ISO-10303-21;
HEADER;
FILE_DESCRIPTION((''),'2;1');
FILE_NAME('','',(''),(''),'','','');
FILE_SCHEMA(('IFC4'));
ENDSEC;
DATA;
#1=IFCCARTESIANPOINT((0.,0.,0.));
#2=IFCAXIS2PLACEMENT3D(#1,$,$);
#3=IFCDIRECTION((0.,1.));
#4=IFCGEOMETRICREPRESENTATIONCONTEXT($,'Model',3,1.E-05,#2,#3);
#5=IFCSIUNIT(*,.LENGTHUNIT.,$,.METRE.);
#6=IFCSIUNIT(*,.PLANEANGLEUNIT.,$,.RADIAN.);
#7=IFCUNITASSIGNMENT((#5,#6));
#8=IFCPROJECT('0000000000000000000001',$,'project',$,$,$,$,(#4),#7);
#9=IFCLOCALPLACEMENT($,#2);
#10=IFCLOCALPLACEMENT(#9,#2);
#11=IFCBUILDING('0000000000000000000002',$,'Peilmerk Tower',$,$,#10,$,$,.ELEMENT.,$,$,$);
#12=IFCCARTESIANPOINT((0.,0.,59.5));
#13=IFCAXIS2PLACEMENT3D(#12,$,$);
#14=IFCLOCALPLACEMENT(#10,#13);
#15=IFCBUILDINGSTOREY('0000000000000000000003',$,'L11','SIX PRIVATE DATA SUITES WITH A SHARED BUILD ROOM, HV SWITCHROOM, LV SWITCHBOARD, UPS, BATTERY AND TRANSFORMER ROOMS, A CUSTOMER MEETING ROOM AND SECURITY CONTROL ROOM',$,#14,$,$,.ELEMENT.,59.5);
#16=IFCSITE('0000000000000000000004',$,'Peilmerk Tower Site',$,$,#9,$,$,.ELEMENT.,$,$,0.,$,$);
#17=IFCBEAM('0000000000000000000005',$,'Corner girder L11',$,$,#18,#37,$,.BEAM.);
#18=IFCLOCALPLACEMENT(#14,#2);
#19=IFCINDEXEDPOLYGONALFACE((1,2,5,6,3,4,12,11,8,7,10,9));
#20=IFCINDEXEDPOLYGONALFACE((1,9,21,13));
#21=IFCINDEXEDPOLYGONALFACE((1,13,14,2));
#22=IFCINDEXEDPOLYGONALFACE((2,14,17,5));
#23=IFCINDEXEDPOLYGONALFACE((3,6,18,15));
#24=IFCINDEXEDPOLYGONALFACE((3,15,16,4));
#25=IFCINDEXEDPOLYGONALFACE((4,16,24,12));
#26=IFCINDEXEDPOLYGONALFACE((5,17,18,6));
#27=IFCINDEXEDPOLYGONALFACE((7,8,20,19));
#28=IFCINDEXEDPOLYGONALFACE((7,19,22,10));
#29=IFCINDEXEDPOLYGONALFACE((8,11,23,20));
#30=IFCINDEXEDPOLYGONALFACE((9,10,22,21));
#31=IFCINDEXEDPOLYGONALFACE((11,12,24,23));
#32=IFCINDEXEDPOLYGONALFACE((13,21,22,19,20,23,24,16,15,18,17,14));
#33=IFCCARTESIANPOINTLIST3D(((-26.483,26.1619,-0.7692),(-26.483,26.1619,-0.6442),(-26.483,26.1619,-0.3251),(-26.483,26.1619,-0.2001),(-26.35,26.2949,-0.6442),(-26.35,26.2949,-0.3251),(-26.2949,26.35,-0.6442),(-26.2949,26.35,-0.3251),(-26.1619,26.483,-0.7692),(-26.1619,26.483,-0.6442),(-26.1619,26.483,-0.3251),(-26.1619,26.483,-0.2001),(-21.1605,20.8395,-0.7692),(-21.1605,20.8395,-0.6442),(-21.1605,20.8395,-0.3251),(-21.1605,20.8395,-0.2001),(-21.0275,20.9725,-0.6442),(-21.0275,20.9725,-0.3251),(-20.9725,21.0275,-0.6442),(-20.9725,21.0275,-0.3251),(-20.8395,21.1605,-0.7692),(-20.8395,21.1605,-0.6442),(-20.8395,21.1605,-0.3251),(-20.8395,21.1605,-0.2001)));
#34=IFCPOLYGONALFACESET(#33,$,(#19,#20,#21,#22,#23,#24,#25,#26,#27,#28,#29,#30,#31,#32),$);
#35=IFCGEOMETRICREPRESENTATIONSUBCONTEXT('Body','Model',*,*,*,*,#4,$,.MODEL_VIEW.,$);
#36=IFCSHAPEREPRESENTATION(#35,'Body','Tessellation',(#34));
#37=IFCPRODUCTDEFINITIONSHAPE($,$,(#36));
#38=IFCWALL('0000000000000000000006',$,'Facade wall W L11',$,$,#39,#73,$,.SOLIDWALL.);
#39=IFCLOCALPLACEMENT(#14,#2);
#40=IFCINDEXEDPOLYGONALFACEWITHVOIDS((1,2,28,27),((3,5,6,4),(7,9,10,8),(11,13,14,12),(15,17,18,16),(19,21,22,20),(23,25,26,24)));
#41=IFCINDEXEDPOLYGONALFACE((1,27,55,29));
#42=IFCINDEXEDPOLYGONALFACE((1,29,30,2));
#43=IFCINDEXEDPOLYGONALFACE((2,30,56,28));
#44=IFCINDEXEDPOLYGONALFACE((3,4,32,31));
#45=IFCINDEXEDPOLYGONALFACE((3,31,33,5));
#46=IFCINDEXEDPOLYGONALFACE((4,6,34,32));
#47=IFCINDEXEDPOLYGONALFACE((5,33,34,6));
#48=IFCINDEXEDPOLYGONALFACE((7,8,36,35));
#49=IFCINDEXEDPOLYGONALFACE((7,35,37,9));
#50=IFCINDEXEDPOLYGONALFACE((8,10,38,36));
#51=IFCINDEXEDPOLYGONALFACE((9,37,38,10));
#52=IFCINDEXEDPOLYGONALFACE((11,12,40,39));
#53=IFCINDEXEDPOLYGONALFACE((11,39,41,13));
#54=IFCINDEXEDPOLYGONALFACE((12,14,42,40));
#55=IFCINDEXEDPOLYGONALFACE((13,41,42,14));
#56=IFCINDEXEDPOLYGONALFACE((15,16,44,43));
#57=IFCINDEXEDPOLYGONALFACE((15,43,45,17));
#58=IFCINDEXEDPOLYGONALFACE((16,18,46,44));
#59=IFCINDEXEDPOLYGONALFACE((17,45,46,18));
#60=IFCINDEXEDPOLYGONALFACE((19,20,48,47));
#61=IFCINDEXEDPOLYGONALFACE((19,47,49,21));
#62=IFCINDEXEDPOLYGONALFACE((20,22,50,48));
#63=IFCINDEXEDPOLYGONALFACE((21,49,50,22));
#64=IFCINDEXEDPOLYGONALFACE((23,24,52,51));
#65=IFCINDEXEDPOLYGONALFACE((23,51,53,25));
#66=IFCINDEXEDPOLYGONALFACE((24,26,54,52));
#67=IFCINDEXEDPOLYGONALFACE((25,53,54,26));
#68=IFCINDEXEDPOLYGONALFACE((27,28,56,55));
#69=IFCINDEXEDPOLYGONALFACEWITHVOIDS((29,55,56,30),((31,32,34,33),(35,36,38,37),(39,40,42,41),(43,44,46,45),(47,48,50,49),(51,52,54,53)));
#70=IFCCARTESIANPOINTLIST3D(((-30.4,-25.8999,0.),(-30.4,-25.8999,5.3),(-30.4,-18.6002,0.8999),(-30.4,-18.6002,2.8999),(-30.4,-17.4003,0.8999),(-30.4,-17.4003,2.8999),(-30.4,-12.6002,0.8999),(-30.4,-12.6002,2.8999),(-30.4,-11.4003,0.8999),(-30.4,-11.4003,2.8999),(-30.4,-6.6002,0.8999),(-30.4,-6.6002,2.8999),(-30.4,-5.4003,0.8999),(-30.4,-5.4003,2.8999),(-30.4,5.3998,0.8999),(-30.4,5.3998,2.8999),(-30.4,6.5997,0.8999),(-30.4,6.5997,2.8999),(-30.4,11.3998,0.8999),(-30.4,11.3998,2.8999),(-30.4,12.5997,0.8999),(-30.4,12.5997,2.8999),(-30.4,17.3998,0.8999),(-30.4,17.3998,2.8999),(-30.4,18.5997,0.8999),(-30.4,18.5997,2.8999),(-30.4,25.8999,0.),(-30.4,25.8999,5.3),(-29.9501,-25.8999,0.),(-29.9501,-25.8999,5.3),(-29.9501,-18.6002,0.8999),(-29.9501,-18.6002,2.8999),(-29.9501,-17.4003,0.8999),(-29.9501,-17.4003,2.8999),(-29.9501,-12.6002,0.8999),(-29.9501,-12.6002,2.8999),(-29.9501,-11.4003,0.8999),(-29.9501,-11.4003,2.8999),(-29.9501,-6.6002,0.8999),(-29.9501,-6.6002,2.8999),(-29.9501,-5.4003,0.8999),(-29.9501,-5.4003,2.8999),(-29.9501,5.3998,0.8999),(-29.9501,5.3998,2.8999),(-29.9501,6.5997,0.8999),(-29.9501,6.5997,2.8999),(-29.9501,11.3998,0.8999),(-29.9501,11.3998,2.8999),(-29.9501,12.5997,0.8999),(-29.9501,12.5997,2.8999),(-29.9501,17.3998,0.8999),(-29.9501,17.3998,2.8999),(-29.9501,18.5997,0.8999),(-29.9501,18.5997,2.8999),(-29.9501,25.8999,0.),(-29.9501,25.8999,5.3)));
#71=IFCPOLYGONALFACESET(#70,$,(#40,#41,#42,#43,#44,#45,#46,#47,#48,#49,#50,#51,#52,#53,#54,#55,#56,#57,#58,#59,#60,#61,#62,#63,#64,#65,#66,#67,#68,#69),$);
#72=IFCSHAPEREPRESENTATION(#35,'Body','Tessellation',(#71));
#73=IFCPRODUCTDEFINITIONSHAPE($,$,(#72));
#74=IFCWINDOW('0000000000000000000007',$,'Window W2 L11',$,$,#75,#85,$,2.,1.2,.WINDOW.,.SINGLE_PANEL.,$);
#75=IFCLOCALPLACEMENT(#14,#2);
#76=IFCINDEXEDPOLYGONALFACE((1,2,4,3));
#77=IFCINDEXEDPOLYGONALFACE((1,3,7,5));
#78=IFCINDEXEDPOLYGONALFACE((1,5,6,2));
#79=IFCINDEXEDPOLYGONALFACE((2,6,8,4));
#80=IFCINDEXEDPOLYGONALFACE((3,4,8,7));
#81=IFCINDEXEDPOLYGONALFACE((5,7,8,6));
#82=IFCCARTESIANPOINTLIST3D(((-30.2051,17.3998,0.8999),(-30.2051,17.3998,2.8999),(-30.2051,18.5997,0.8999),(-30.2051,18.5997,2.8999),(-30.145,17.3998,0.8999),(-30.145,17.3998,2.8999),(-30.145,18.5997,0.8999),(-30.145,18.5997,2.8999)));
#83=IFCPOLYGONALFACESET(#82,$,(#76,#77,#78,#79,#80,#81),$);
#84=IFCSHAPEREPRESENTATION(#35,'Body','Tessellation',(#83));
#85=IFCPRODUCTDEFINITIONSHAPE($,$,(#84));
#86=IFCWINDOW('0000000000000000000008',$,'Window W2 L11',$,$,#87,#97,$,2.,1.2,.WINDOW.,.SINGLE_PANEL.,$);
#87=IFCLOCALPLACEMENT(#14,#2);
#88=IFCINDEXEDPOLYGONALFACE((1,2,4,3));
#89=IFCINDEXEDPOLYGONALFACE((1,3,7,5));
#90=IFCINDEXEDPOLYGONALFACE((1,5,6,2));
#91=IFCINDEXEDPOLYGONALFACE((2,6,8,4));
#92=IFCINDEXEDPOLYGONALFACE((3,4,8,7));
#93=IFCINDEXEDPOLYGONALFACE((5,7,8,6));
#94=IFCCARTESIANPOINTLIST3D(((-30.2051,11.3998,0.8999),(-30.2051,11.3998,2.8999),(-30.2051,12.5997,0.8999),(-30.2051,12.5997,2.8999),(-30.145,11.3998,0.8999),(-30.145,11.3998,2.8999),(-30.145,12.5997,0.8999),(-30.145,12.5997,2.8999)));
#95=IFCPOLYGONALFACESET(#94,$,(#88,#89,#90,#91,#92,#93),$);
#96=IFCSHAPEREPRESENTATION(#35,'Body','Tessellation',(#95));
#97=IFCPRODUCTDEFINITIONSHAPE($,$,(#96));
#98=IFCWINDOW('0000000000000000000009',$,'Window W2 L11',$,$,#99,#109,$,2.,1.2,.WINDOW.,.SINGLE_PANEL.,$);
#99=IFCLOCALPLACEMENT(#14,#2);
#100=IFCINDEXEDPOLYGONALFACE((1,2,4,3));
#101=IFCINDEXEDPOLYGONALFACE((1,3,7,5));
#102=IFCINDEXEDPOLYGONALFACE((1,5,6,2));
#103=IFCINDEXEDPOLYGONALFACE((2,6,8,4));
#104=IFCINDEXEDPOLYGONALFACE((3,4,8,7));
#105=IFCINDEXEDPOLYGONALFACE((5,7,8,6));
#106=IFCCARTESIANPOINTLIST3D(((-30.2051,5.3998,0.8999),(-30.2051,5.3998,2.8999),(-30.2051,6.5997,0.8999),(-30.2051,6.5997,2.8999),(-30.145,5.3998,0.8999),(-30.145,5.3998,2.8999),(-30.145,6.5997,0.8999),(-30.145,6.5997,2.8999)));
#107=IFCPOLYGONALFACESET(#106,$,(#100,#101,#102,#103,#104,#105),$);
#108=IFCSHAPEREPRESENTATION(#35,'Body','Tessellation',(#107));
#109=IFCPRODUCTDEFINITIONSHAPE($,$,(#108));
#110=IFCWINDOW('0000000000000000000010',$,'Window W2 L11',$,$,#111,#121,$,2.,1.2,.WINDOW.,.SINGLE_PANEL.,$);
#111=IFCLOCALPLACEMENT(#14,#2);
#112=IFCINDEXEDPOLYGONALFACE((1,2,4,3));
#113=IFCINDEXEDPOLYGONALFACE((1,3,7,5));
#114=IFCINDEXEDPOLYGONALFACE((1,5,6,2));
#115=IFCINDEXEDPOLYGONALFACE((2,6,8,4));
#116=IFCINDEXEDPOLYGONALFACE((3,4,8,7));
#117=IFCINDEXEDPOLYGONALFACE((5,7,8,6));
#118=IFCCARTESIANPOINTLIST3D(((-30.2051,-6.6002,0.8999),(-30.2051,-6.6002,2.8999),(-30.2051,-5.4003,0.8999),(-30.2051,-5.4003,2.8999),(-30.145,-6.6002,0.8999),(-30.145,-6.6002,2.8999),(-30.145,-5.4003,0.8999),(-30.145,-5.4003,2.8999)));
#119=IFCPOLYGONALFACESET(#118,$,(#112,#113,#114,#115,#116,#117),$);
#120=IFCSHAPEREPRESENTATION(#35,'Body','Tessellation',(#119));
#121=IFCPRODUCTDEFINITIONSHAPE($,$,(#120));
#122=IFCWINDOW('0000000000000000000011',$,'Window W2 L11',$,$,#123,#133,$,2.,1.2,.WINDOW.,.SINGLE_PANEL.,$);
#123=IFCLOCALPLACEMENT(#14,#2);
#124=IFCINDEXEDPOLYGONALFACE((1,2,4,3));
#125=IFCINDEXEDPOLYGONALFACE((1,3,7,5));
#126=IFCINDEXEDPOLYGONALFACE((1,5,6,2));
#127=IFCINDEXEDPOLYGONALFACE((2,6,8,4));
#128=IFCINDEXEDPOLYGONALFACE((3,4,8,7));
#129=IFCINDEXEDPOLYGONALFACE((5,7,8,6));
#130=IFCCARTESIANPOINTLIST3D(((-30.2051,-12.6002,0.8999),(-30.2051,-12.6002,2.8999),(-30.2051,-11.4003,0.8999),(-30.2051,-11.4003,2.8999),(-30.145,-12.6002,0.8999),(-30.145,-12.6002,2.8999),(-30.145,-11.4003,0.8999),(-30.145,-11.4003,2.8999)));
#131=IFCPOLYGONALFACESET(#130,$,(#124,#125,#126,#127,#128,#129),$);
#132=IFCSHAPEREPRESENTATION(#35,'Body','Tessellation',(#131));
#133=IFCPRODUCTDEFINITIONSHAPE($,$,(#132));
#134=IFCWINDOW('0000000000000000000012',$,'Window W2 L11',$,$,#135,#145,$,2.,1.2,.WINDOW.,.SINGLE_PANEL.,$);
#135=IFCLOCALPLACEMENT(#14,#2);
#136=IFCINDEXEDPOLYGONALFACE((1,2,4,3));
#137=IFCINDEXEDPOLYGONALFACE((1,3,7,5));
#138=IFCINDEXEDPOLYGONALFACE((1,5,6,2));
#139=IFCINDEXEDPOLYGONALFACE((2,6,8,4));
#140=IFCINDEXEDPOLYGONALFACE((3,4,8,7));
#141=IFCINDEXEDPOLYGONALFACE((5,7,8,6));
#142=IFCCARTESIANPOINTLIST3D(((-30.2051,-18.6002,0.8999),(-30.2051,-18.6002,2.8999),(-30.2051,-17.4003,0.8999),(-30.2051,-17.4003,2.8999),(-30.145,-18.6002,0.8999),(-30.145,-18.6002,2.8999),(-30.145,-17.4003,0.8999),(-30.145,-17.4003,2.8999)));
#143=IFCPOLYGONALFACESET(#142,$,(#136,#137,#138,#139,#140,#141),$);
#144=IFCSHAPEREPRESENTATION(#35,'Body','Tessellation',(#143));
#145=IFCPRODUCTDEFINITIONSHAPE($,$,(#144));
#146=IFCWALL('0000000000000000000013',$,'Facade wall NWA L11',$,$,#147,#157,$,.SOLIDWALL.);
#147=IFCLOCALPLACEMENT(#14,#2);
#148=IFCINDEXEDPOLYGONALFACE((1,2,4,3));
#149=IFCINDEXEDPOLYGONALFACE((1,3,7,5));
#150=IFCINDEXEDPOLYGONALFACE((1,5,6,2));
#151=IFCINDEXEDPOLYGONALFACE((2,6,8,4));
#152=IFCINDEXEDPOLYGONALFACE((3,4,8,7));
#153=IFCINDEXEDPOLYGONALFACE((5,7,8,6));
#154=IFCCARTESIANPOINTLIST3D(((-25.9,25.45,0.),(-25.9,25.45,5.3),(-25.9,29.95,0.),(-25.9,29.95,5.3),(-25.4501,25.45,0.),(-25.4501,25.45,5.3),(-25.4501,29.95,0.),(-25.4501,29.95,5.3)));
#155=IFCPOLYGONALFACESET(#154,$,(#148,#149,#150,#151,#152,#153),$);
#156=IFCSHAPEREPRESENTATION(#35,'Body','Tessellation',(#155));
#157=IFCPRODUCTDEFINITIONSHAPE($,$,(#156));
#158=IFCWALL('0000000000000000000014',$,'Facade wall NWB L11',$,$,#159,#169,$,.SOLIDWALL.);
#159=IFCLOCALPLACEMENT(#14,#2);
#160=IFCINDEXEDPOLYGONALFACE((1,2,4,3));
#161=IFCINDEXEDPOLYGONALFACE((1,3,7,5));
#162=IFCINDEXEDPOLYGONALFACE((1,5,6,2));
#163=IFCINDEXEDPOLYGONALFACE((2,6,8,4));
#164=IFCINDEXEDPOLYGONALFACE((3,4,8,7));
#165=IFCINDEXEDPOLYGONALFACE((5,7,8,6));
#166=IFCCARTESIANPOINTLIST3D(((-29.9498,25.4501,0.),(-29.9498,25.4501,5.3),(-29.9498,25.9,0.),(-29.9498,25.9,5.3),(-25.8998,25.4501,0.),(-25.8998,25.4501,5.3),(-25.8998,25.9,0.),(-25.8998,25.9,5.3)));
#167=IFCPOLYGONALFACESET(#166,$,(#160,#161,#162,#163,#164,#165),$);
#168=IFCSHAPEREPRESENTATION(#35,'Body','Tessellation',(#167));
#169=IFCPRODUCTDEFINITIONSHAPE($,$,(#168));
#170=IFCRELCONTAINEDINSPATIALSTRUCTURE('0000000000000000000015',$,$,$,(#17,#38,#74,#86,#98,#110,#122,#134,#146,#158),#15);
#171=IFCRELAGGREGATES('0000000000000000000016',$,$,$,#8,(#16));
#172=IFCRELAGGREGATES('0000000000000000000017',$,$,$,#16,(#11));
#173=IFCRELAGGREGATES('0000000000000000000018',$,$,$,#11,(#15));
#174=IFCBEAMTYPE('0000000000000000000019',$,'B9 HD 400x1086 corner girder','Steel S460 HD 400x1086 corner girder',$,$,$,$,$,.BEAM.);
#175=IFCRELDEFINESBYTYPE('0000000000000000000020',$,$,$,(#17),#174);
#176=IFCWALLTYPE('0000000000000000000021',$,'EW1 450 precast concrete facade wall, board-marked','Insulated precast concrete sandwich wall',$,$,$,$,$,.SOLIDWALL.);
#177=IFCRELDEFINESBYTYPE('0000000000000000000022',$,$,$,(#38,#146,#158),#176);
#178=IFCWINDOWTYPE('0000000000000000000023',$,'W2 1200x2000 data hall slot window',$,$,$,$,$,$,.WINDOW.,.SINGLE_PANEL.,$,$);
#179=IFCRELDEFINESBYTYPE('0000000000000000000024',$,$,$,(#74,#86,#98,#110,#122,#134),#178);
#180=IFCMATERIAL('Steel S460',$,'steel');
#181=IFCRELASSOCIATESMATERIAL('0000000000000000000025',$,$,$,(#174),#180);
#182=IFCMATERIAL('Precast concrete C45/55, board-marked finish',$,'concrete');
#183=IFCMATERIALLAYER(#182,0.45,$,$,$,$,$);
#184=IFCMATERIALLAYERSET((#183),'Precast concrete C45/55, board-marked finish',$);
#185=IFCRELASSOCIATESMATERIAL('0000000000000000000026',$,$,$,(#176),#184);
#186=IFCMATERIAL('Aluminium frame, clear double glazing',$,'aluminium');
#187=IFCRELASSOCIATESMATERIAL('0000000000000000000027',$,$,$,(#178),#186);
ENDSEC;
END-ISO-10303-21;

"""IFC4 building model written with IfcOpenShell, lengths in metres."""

from ifc_helpers import new_model, si_unit, direction, frame, frame_2d, origin, origin_2d, place, context, subcontext, project, spatial, rectangle, i_section, extrude, material, layer, layer_set, material_profile, profile_set, type_object, element, fill, save


model = new_model("IFC4")

# Units and contexts
model_context = context("Model", 3, precision=1e-05, world=origin(), true_north=direction((0.0, 1.0)))
body_context = subcontext(model_context, "Body", "Model", "MODEL_VIEW")
ifc_project = project(units=[si_unit("LENGTHUNIT", "METRE"), si_unit("PLANEANGLEUNIT", "RADIAN")], contexts=[model_context])

# Site, building, storey
site_placement = place(None, origin())
site = spatial("IfcSite", under=ifc_project, at=site_placement, Name="Peilmerk Tower Site", CompositionType="ELEMENT", RefElevation=0.0)
building_placement = place(site_placement, origin())
building = spatial("IfcBuilding", under=site, at=building_placement, Name="Peilmerk Tower", CompositionType="ELEMENT")
storey_placement = place(building_placement, frame((0.0, 0.0, 59.5)))
storey = spatial("IfcBuildingStorey", under=building, at=storey_placement, Name="L11", Description="SIX PRIVATE DATA SUITES WITH A SHARED BUILD ROOM, HV SWITCHROOM, LV SWITCHBOARD, UPS, BATTERY AND TRANSFORMER ROOMS, A CUSTOMER MEETING ROOM AND SECURITY CONTROL ROOM", CompositionType="ELEMENT", Elevation=59.5)

# Beam
ifc_material_1 = material(Name="Steel S460", Category="steel")
ifc_material_profile_1 = material_profile(ifc_material_1, i_section(OverallWidth=0.4541, OverallDepth=0.5691, WebThickness=0.0779, FlangeThickness=0.125, at=origin_2d()), Name="HD 400x1086")
ifc_profile_set_1 = profile_set([ifc_material_profile_1], Name="Steel S460")
beam_type_1 = type_object("IfcBeamType", Name="B9 HD 400x1086 corner girder", Description="Steel S460 HD 400x1086 corner girder", PredefinedType="BEAM", material=ifc_profile_set_1)
beam_1_placement = place(storey_placement, frame((-21.0, 21.0, -0.4846), z_axis=(-0.707107, 0.707107, 0.0), x_axis=(-0.707107, -0.707107, 0.0)))
element("IfcBeam", 1, at=beam_1_placement, inside=storey, type_object=beam_type_1, Name="Corner girder L11", PredefinedType="BEAM", context=body_context, shape_type="SweptSolid", body=[
    extrude(i_section(OverallWidth=0.4541, OverallDepth=0.5691, WebThickness=0.0779, FlangeThickness=0.125, at=origin_2d()), origin(), (0.0, 0.0, 1.0), 7.5271),
])

# Wall, openings, windows
ifc_material_2 = material(Name="Precast concrete C45/55, board-marked finish", Category="concrete")
ifc_layer = layer(ifc_material_2, 0.45)
ifc_layer_set = layer_set([ifc_layer], Name="Precast concrete C45/55, board-marked finish")
wall_type = type_object("IfcWallType", Name="EW1 450 precast concrete facade wall, board-marked", Description="Insulated precast concrete sandwich wall", PredefinedType="SOLIDWALL", material=ifc_layer_set)
wall_1_placement = place(storey_placement, frame((-30.175, 25.8999, 0.0), z_axis=(0.0, 0.0, 1.0), x_axis=(0.0, -1.0, 0.0)))
wall_1 = element("IfcWall", 2, at=wall_1_placement, inside=storey, type_object=wall_type, Name="Facade wall W L11", PredefinedType="SOLIDWALL", context=body_context, shape_type="SweptSolid", body=[
    extrude(rectangle(XDim=51.7998, YDim=0.45, at=frame_2d((25.8999, 0.0))), origin(), (0.0, 0.0, 1.0), 5.3),
])
opening_1_placement = place(wall_1_placement, frame((7.3, 0.0, 0.8999)))
opening_1 = element("IfcOpeningElement", 3, at=opening_1_placement, cuts=wall_1, PredefinedType="OPENING", context=body_context, shape_type="SweptSolid", body=[
    extrude(rectangle(XDim=1.2, YDim=2.0, at=frame_2d((0.6001, 1.0))), frame((0.0, 0.2349, 0.0), z_axis=(0.0, -1.0, 0.0), x_axis=(1.0, 0.0, 0.0)), (0.0, 0.0, 1.0), 0.47),
])
opening_2_placement = place(wall_1_placement, frame((13.3, 0.0, 0.8999)))
opening_2 = element("IfcOpeningElement", 4, at=opening_2_placement, cuts=wall_1, PredefinedType="OPENING", context=body_context, shape_type="SweptSolid", body=[
    extrude(rectangle(XDim=1.2, YDim=2.0, at=frame_2d((0.6001, 1.0))), frame((0.0, 0.2349, 0.0), z_axis=(0.0, -1.0, 0.0), x_axis=(1.0, 0.0, 0.0)), (0.0, 0.0, 1.0), 0.47),
])
opening_3_placement = place(wall_1_placement, frame((19.3, 0.0, 0.8999)))
opening_3 = element("IfcOpeningElement", 5, at=opening_3_placement, cuts=wall_1, PredefinedType="OPENING", context=body_context, shape_type="SweptSolid", body=[
    extrude(rectangle(XDim=1.2, YDim=2.0, at=frame_2d((0.6001, 1.0))), frame((0.0, 0.2349, 0.0), z_axis=(0.0, -1.0, 0.0), x_axis=(1.0, 0.0, 0.0)), (0.0, 0.0, 1.0), 0.47),
])
opening_4_placement = place(wall_1_placement, frame((31.3, 0.0, 0.8999)))
opening_4 = element("IfcOpeningElement", 6, at=opening_4_placement, cuts=wall_1, PredefinedType="OPENING", context=body_context, shape_type="SweptSolid", body=[
    extrude(rectangle(XDim=1.2, YDim=2.0, at=frame_2d((0.6001, 1.0))), frame((0.0, 0.2349, 0.0), z_axis=(0.0, -1.0, 0.0), x_axis=(1.0, 0.0, 0.0)), (0.0, 0.0, 1.0), 0.47),
])
opening_5_placement = place(wall_1_placement, frame((37.3, 0.0, 0.8999)))
opening_5 = element("IfcOpeningElement", 7, at=opening_5_placement, cuts=wall_1, PredefinedType="OPENING", context=body_context, shape_type="SweptSolid", body=[
    extrude(rectangle(XDim=1.2, YDim=2.0, at=frame_2d((0.6001, 1.0))), frame((0.0, 0.2349, 0.0), z_axis=(0.0, -1.0, 0.0), x_axis=(1.0, 0.0, 0.0)), (0.0, 0.0, 1.0), 0.47),
])
opening_6_placement = place(wall_1_placement, frame((43.3, 0.0, 0.8999)))
opening_6 = element("IfcOpeningElement", 8, at=opening_6_placement, cuts=wall_1, PredefinedType="OPENING", context=body_context, shape_type="SweptSolid", body=[
    extrude(rectangle(XDim=1.2, YDim=2.0, at=frame_2d((0.6001, 1.0))), frame((0.0, 0.2349, 0.0), z_axis=(0.0, -1.0, 0.0), x_axis=(1.0, 0.0, 0.0)), (0.0, 0.0, 1.0), 0.47),
])
ifc_material_3 = material(Name="Aluminium frame, clear double glazing", Category="aluminium")
window_type = type_object("IfcWindowType", Name="W2 1200x2000 data hall slot window", PartitioningType="SINGLE_PANEL", PredefinedType="WINDOW", material=ifc_material_3)
window_1_placement = place(opening_1_placement, origin())
window_1 = element("IfcWindow", 9, at=window_1_placement, inside=storey, type_object=window_type, Name="Window W2 L11", OverallHeight=2.0, OverallWidth=1.2, PartitioningType="SINGLE_PANEL", PredefinedType="WINDOW", context=body_context, shape_type="SweptSolid", body=[
    extrude(rectangle(XDim=1.2, YDim=2.0, at=frame_2d((0.6001, 1.0))), frame((0.0, 0.03, 0.0), z_axis=(0.0, -1.0, 0.0), x_axis=(1.0, 0.0, 0.0)), (0.0, 0.0, 1.0), 0.0601),
])
fill(opening_1, window_1)
window_2_placement = place(opening_2_placement, origin())
window_2 = element("IfcWindow", 10, at=window_2_placement, inside=storey, type_object=window_type, Name="Window W2 L11", OverallHeight=2.0, OverallWidth=1.2, PartitioningType="SINGLE_PANEL", PredefinedType="WINDOW", context=body_context, shape_type="SweptSolid", body=[
    extrude(rectangle(XDim=1.2, YDim=2.0, at=frame_2d((0.6001, 1.0))), frame((0.0, 0.03, 0.0), z_axis=(0.0, -1.0, 0.0), x_axis=(1.0, 0.0, 0.0)), (0.0, 0.0, 1.0), 0.0601),
])
fill(opening_2, window_2)
window_3_placement = place(opening_3_placement, origin())
window_3 = element("IfcWindow", 11, at=window_3_placement, inside=storey, type_object=window_type, Name="Window W2 L11", OverallHeight=2.0, OverallWidth=1.2, PartitioningType="SINGLE_PANEL", PredefinedType="WINDOW", context=body_context, shape_type="SweptSolid", body=[
    extrude(rectangle(XDim=1.2, YDim=2.0, at=frame_2d((0.6001, 1.0))), frame((0.0, 0.03, 0.0), z_axis=(0.0, -1.0, 0.0), x_axis=(1.0, 0.0, 0.0)), (0.0, 0.0, 1.0), 0.0601),
])
fill(opening_3, window_3)
window_4_placement = place(opening_4_placement, origin())
window_4 = element("IfcWindow", 12, at=window_4_placement, inside=storey, type_object=window_type, Name="Window W2 L11", OverallHeight=2.0, OverallWidth=1.2, PartitioningType="SINGLE_PANEL", PredefinedType="WINDOW", context=body_context, shape_type="SweptSolid", body=[
    extrude(rectangle(XDim=1.2, YDim=2.0, at=frame_2d((0.6001, 1.0))), frame((0.0, 0.03, 0.0), z_axis=(0.0, -1.0, 0.0), x_axis=(1.0, 0.0, 0.0)), (0.0, 0.0, 1.0), 0.0601),
])
fill(opening_4, window_4)
window_5_placement = place(opening_5_placement, origin())
window_5 = element("IfcWindow", 13, at=window_5_placement, inside=storey, type_object=window_type, Name="Window W2 L11", OverallHeight=2.0, OverallWidth=1.2, PartitioningType="SINGLE_PANEL", PredefinedType="WINDOW", context=body_context, shape_type="SweptSolid", body=[
    extrude(rectangle(XDim=1.2, YDim=2.0, at=frame_2d((0.6001, 1.0))), frame((0.0, 0.03, 0.0), z_axis=(0.0, -1.0, 0.0), x_axis=(1.0, 0.0, 0.0)), (0.0, 0.0, 1.0), 0.0601),
])
fill(opening_5, window_5)
window_6_placement = place(opening_6_placement, origin())
window_6 = element("IfcWindow", 14, at=window_6_placement, inside=storey, type_object=window_type, Name="Window W2 L11", OverallHeight=2.0, OverallWidth=1.2, PartitioningType="SINGLE_PANEL", PredefinedType="WINDOW", context=body_context, shape_type="SweptSolid", body=[
    extrude(rectangle(XDim=1.2, YDim=2.0, at=frame_2d((0.6001, 1.0))), frame((0.0, 0.03, 0.0), z_axis=(0.0, -1.0, 0.0), x_axis=(1.0, 0.0, 0.0)), (0.0, 0.0, 1.0), 0.0601),
])
fill(opening_6, window_6)

# Walls
wall_2_placement = place(storey_placement, frame((-25.675, 25.45, 0.0), z_axis=(0.0, 0.0, 1.0), x_axis=(0.0, 1.0, 0.0)))
element("IfcWall", 15, at=wall_2_placement, inside=storey, type_object=wall_type, Name="Facade wall NWA L11", PredefinedType="SOLIDWALL", context=body_context, shape_type="SweptSolid", body=[
    extrude(rectangle(XDim=4.5, YDim=0.45, at=frame_2d((2.25, 0.0))), origin(), (0.0, 0.0, 1.0), 5.3),
])
wall_3_placement = place(storey_placement, frame((-25.8999, 25.675, 0.0), z_axis=(0.0, 0.0, 1.0), x_axis=(-1.0, 0.0, 0.0)))
element("IfcWall", 16, at=wall_3_placement, inside=storey, type_object=wall_type, Name="Facade wall NWB L11", PredefinedType="SOLIDWALL", context=body_context, shape_type="SweptSolid", body=[
    extrude(rectangle(XDim=4.05, YDim=0.45, at=frame_2d((2.0249, 0.0))), origin(), (0.0, 0.0, 1.0), 5.3),
])

save(model, "model.ifc")
